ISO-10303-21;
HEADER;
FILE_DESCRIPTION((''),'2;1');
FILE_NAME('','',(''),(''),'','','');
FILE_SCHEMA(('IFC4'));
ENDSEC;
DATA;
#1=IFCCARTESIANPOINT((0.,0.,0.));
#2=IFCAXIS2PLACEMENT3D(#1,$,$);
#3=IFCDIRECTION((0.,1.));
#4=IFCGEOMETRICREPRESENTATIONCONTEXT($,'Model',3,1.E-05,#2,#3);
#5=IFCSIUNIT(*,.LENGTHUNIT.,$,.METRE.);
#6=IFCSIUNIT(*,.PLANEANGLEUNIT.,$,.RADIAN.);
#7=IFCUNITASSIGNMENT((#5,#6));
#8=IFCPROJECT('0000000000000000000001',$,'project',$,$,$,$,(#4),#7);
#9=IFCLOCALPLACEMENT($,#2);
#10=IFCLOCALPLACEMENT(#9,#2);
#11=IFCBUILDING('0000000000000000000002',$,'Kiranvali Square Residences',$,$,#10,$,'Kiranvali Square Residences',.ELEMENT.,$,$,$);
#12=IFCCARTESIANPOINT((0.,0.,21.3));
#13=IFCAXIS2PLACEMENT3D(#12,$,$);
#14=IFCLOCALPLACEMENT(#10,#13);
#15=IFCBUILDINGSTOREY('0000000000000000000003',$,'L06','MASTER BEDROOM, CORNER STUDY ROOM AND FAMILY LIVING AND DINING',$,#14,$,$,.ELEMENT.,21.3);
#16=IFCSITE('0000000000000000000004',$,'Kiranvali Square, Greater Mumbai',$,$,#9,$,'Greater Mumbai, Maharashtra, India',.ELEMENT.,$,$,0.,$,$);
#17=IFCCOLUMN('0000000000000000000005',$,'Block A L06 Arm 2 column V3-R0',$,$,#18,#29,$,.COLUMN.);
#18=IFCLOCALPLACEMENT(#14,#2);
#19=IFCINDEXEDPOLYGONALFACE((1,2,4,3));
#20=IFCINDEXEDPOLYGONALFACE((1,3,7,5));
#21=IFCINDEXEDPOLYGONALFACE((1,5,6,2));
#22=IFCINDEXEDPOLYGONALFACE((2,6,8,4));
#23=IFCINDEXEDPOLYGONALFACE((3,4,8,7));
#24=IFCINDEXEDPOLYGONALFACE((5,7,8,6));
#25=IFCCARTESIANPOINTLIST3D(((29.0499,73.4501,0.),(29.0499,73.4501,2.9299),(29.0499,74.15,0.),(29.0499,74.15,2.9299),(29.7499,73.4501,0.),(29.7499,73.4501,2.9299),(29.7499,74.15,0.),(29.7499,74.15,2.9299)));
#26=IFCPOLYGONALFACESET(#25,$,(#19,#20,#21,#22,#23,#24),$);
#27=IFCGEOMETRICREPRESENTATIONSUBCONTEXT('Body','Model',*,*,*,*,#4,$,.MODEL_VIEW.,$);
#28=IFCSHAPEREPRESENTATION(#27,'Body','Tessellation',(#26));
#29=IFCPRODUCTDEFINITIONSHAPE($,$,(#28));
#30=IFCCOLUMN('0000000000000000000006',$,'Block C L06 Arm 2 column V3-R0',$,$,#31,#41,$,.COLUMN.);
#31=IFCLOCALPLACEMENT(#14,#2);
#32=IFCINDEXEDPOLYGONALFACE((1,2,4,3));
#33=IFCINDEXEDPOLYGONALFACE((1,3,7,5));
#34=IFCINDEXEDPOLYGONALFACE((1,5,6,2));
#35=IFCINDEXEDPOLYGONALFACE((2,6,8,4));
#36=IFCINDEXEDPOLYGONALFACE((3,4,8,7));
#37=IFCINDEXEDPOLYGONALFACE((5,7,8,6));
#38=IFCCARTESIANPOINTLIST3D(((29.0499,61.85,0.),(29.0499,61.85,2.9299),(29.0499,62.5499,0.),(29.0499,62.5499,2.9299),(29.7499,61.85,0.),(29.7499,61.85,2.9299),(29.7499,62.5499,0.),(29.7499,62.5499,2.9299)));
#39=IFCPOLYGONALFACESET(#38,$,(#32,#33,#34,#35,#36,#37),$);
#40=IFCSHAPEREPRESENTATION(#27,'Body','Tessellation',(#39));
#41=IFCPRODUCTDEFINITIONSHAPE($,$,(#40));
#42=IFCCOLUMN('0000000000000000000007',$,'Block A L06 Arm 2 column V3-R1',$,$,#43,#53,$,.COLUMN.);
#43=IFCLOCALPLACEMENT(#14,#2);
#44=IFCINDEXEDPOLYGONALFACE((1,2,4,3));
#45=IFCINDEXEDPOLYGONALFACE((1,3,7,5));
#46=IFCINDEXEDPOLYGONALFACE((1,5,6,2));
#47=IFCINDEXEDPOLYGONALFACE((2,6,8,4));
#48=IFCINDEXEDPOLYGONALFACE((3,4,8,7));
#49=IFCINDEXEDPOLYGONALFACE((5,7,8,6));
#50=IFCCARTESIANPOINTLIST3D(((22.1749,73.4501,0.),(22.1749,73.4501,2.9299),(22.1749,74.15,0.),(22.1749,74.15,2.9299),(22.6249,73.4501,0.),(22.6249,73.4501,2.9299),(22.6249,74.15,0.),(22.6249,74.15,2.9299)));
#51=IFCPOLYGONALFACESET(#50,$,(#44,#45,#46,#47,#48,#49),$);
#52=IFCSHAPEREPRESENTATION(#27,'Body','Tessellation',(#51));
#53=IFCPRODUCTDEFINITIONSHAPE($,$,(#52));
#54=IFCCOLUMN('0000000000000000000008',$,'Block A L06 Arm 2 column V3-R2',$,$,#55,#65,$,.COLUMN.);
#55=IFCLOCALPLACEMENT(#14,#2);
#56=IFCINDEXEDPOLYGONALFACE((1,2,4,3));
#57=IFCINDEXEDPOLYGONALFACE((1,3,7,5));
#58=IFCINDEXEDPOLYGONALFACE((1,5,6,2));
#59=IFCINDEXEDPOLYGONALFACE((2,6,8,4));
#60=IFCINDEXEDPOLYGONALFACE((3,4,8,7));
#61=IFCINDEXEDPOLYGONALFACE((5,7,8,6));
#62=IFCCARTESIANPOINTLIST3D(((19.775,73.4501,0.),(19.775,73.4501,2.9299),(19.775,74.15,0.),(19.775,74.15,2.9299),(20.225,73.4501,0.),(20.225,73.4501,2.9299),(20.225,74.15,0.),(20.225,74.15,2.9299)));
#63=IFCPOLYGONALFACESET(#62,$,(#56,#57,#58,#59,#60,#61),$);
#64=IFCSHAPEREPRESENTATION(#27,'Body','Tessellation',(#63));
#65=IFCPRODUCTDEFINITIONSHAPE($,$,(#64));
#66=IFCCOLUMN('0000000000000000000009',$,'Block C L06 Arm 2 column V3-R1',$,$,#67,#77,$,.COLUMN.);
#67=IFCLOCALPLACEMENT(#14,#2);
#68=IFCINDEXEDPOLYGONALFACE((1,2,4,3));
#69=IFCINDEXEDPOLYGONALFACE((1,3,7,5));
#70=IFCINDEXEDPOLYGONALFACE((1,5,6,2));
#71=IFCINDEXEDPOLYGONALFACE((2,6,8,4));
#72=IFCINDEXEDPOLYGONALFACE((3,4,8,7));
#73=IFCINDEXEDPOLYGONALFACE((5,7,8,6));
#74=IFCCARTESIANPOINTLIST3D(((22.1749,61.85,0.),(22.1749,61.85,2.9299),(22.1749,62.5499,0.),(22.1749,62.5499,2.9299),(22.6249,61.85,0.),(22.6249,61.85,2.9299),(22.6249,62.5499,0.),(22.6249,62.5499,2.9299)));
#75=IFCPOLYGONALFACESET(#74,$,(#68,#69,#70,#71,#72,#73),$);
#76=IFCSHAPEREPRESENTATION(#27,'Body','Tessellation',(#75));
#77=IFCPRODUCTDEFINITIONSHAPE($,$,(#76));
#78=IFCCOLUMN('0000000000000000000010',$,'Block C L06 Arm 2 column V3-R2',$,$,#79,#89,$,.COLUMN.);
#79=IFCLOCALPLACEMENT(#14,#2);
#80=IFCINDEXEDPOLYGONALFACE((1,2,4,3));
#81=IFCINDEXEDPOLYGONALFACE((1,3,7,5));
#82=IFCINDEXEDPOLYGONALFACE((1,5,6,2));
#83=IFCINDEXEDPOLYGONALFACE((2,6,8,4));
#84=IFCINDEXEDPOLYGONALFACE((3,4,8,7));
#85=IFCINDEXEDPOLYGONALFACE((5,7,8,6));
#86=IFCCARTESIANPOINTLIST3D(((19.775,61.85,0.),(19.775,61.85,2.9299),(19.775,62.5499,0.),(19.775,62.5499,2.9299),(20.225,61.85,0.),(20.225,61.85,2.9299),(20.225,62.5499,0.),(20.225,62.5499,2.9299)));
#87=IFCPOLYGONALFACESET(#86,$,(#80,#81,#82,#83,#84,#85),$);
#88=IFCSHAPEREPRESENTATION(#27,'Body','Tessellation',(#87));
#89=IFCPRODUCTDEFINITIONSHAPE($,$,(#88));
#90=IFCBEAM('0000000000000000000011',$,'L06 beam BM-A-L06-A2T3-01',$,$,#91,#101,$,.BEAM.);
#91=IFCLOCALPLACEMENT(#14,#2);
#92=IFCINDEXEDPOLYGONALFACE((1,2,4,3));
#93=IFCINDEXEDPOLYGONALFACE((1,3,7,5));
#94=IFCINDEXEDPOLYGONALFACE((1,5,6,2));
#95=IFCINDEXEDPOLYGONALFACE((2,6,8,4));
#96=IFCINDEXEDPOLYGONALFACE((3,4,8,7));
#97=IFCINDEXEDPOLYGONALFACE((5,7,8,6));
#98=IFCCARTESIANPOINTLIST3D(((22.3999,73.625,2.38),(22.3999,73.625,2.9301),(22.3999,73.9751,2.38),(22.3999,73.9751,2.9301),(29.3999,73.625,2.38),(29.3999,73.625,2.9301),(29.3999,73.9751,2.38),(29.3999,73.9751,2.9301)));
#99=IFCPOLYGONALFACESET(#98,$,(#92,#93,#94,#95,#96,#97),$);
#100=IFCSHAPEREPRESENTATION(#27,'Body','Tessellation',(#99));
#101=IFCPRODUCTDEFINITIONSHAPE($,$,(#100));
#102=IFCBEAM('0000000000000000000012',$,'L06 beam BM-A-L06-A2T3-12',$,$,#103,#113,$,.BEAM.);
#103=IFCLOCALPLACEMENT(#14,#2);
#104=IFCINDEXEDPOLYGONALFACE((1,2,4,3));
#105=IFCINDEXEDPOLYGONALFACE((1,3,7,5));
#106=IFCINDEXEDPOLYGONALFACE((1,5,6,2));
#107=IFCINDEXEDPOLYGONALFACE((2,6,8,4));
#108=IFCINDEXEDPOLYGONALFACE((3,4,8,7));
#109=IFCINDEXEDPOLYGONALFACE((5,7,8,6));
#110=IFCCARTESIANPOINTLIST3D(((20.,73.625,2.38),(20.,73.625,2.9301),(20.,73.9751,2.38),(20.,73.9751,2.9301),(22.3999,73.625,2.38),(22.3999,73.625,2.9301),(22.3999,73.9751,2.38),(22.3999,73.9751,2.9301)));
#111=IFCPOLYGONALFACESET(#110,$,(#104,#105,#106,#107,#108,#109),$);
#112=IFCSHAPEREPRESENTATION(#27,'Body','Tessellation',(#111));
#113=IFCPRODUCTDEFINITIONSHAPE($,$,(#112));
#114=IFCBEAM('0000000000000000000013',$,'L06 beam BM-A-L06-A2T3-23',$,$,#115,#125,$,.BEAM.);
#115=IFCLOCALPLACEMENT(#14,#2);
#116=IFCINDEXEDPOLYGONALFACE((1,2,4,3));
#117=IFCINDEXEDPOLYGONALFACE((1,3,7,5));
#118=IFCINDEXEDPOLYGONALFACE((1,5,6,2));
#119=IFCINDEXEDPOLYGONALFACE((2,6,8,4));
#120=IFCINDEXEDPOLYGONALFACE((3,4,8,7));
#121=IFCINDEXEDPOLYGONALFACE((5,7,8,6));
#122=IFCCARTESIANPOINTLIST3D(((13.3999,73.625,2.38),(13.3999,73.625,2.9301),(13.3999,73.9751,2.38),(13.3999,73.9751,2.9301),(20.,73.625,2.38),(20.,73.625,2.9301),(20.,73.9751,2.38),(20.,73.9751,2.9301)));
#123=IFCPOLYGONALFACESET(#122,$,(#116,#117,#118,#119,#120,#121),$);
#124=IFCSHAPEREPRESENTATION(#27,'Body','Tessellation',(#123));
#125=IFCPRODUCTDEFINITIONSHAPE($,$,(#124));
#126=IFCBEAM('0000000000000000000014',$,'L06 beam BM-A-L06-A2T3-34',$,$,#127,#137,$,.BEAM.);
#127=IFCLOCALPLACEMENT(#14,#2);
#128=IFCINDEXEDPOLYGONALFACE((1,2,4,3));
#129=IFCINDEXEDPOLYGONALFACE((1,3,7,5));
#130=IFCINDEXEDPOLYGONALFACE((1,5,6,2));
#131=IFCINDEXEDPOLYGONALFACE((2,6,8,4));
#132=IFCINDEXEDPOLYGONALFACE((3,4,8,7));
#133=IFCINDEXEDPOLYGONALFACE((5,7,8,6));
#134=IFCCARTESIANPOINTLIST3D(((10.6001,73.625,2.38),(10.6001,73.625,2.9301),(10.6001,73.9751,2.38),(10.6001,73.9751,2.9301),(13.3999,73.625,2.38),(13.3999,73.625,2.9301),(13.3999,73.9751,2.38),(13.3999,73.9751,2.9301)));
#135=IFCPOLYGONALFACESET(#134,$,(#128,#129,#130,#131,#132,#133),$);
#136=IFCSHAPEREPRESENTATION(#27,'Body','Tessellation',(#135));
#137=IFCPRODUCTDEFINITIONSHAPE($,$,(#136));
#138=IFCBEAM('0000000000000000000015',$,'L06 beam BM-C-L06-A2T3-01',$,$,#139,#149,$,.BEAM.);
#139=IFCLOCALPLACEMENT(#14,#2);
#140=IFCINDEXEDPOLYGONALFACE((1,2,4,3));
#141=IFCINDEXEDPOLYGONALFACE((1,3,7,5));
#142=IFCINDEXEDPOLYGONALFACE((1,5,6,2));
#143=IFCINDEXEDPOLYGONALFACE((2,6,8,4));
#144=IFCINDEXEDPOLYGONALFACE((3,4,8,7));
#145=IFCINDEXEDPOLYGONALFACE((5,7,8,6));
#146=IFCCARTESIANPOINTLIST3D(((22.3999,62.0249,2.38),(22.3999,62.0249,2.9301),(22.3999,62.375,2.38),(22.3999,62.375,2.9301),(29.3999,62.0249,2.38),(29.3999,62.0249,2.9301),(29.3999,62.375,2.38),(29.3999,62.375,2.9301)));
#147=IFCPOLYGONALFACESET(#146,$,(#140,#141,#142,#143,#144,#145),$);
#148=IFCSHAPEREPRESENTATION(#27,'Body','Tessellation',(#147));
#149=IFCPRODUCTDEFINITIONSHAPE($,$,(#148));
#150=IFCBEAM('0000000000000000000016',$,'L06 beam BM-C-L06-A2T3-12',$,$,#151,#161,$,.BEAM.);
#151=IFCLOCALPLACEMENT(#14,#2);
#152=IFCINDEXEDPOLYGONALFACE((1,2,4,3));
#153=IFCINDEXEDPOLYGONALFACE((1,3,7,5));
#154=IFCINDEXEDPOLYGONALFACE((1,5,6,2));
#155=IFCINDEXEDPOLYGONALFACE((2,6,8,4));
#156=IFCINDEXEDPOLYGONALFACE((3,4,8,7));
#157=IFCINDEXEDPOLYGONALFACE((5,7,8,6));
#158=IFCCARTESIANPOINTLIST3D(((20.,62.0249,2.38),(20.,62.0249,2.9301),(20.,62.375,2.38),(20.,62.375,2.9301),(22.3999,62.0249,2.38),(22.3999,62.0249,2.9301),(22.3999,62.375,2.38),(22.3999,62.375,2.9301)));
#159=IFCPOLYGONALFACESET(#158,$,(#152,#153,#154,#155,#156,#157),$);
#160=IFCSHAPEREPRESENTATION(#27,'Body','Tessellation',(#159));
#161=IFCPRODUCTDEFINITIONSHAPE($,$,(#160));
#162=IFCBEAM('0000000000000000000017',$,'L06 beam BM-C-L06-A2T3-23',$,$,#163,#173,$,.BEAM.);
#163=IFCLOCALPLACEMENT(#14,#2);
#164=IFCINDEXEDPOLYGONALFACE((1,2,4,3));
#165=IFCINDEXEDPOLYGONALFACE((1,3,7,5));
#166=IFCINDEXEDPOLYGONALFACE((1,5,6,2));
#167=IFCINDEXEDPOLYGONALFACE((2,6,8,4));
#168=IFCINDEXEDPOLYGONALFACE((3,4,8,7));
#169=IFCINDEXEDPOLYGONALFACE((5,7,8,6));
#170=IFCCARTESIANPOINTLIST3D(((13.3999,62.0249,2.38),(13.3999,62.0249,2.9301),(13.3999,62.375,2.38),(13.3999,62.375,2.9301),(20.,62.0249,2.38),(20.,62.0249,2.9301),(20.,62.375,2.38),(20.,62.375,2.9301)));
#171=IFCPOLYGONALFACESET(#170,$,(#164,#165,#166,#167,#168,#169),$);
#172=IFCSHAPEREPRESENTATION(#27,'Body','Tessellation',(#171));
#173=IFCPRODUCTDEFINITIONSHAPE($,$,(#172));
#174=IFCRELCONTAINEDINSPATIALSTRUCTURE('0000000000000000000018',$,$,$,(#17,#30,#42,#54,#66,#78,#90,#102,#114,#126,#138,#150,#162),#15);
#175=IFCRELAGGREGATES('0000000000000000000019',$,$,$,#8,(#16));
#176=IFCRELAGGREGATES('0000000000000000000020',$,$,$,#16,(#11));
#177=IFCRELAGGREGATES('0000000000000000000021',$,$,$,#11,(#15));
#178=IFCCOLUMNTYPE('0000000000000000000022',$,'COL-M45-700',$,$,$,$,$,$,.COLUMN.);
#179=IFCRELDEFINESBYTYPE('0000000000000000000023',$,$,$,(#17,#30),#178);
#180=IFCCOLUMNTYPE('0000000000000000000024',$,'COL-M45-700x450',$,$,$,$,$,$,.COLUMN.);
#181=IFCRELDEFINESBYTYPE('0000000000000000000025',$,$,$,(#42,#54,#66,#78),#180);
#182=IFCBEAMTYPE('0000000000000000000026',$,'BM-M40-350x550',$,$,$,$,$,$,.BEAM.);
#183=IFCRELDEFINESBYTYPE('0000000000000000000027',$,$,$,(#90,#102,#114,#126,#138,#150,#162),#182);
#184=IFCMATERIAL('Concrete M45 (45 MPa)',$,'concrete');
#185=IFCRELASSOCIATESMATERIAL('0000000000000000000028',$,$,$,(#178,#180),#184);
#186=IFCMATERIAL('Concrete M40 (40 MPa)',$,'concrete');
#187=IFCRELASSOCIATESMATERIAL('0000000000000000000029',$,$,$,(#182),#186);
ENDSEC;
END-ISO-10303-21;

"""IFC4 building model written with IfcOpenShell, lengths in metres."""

from ifc_helpers import new_model, si_unit, direction, frame, origin, origin_2d, place, context, subcontext, project, spatial, rectangle, extrude, material, material_profile, profile_set, type_object, element, save


model = new_model("IFC4")

# Units and contexts
model_context = context("Model", 3, precision=1e-05, world=origin(), true_north=direction((0.0, 1.0)))
body_context = subcontext(model_context, "Body", "Model", "MODEL_VIEW")
ifc_project = project(units=[si_unit("LENGTHUNIT", "METRE"), si_unit("PLANEANGLEUNIT", "RADIAN")], contexts=[model_context])

# Site, building, storey
site_placement = place(None, origin())
site = spatial("IfcSite", under=ifc_project, at=site_placement, Name="Kiranvali Square, Greater Mumbai", LongName="Greater Mumbai, Maharashtra, India", CompositionType="ELEMENT", RefElevation=0.0)
building_placement = place(site_placement, origin())
building = spatial("IfcBuilding", under=site, at=building_placement, Name="Kiranvali Square Residences", LongName="Kiranvali Square Residences", CompositionType="ELEMENT")
storey_placement = place(building_placement, frame((0.0, 0.0, 21.3)))
storey = spatial("IfcBuildingStorey", under=building, at=storey_placement, Name="L06", Description="MASTER BEDROOM, CORNER STUDY ROOM AND FAMILY LIVING AND DINING", CompositionType="ELEMENT", Elevation=21.3)

# Columns
ifc_material_1 = material(Name="Concrete M45 (45 MPa)", Category="concrete")
ifc_material_profile_1 = material_profile(ifc_material_1, rectangle(XDim=0.7, YDim=0.7, at=origin_2d()), Name="RC 700x700")
ifc_profile_set_1 = profile_set([ifc_material_profile_1], Name="Concrete M45 (45 MPa)")
column_type_1 = type_object("IfcColumnType", Name="COL-M45-700", PredefinedType="COLUMN", material=ifc_profile_set_1)
for number, where, z_axis, x_axis, name in (
    (1, (29.3999, 73.8, 0.0), (0.0, 0.0, 1.0), (1.0, 0.0, 0.0), "Block A L06 Arm 2 column V3-R0"),
    (2, (29.3999, 62.2, 0.0), (0.0, 0.0, 1.0), (1.0, 0.0, 0.0), "Block C L06 Arm 2 column V3-R0"),
):
    element("IfcColumn", number, at=place(storey_placement, frame(where, z_axis=z_axis, x_axis=x_axis)), inside=storey, type_object=column_type_1, Name=name, PredefinedType="COLUMN", context=body_context, shape_type="SweptSolid", body=[
        extrude(rectangle(XDim=0.7, YDim=0.7, at=origin_2d()), origin(), (0.0, 0.0, 1.0), 2.9299),
    ])
ifc_material_profile_2 = material_profile(ifc_material_1, rectangle(XDim=0.45, YDim=0.7, at=origin_2d()), Name="RC 700x450")
ifc_profile_set_2 = profile_set([ifc_material_profile_2], Name="Concrete M45 (45 MPa)")
column_type_2 = type_object("IfcColumnType", Name="COL-M45-700x450", PredefinedType="COLUMN", material=ifc_profile_set_2)
for number, where, z_axis, x_axis, name in (
    (3, (22.3999, 73.8, 0.0), (0.0, 0.0, 1.0), (1.0, 0.0, 0.0), "Block A L06 Arm 2 column V3-R1"),
    (4, (20.0, 73.8, 0.0), (0.0, 0.0, 1.0), (1.0, 0.0, 0.0), "Block A L06 Arm 2 column V3-R2"),
    (5, (22.3999, 62.2, 0.0), (0.0, 0.0, 1.0), (1.0, 0.0, 0.0), "Block C L06 Arm 2 column V3-R1"),
    (6, (20.0, 62.2, 0.0), (0.0, 0.0, 1.0), (1.0, 0.0, 0.0), "Block C L06 Arm 2 column V3-R2"),
):
    element("IfcColumn", number, at=place(storey_placement, frame(where, z_axis=z_axis, x_axis=x_axis)), inside=storey, type_object=column_type_2, Name=name, PredefinedType="COLUMN", context=body_context, shape_type="SweptSolid", body=[
        extrude(rectangle(XDim=0.45, YDim=0.7, at=origin_2d()), origin(), (0.0, 0.0, 1.0), 2.9299),
    ])

# Beams
ifc_material_2 = material(Name="Concrete M40 (40 MPa)", Category="concrete")
ifc_material_profile_3 = material_profile(ifc_material_2, rectangle(XDim=0.3501, YDim=0.55, at=origin_2d()), Name="RC 350x550")
ifc_profile_set_3 = profile_set([ifc_material_profile_3], Name="Concrete M40 (40 MPa)")
beam_type = type_object("IfcBeamType", Name="BM-M40-350x550", PredefinedType="BEAM", material=ifc_profile_set_3)
beam_1_placement = place(storey_placement, frame((29.3999, 73.8, 2.655), z_axis=(-1.0, 0.0, 0.0), x_axis=(0.0, -1.0, 0.0)))
element("IfcBeam", 7, at=beam_1_placement, inside=storey, type_object=beam_type, Name="L06 beam BM-A-L06-A2T3-01", PredefinedType="BEAM", context=body_context, shape_type="SweptSolid", body=[
    extrude(rectangle(XDim=0.3501, YDim=0.55, at=origin_2d()), origin(), (0.0, 0.0, 1.0), 7.0),
])
beam_2_placement = place(storey_placement, frame((22.3999, 73.8, 2.655), z_axis=(-1.0, 0.0, 0.0), x_axis=(0.0, -1.0, 0.0)))
element("IfcBeam", 8, at=beam_2_placement, inside=storey, type_object=beam_type, Name="L06 beam BM-A-L06-A2T3-12", PredefinedType="BEAM", context=body_context, shape_type="SweptSolid", body=[
    extrude(rectangle(XDim=0.3501, YDim=0.55, at=origin_2d()), origin(), (0.0, 0.0, 1.0), 2.3999),
])
beam_3_placement = place(storey_placement, frame((20.0, 73.8, 2.655), z_axis=(-1.0, 0.0, 0.0), x_axis=(0.0, -1.0, 0.0)))
element("IfcBeam", 9, at=beam_3_placement, inside=storey, type_object=beam_type, Name="L06 beam BM-A-L06-A2T3-23", PredefinedType="BEAM", context=body_context, shape_type="SweptSolid", body=[
    extrude(rectangle(XDim=0.3501, YDim=0.55, at=origin_2d()), origin(), (0.0, 0.0, 1.0), 6.6001),
])
beam_4_placement = place(storey_placement, frame((13.3999, 73.8, 2.655), z_axis=(-1.0, 0.0, 0.0), x_axis=(0.0, -1.0, 0.0)))
element("IfcBeam", 10, at=beam_4_placement, inside=storey, type_object=beam_type, Name="L06 beam BM-A-L06-A2T3-34", PredefinedType="BEAM", context=body_context, shape_type="SweptSolid", body=[
    extrude(rectangle(XDim=0.3501, YDim=0.55, at=origin_2d()), origin(), (0.0, 0.0, 1.0), 2.7998),
])
beam_5_placement = place(storey_placement, frame((29.3999, 62.2, 2.655), z_axis=(-1.0, 0.0, 0.0), x_axis=(0.0, -1.0, 0.0)))
element("IfcBeam", 11, at=beam_5_placement, inside=storey, type_object=beam_type, Name="L06 beam BM-C-L06-A2T3-01", PredefinedType="BEAM", context=body_context, shape_type="SweptSolid", body=[
    extrude(rectangle(XDim=0.3501, YDim=0.55, at=origin_2d()), origin(), (0.0, 0.0, 1.0), 7.0),
])
beam_6_placement = place(storey_placement, frame((22.3999, 62.2, 2.655), z_axis=(-1.0, 0.0, 0.0), x_axis=(0.0, -1.0, 0.0)))
element("IfcBeam", 12, at=beam_6_placement, inside=storey, type_object=beam_type, Name="L06 beam BM-C-L06-A2T3-12", PredefinedType="BEAM", context=body_context, shape_type="SweptSolid", body=[
    extrude(rectangle(XDim=0.3501, YDim=0.55, at=origin_2d()), origin(), (0.0, 0.0, 1.0), 2.3999),
])
beam_7_placement = place(storey_placement, frame((20.0, 62.2, 2.655), z_axis=(-1.0, 0.0, 0.0), x_axis=(0.0, -1.0, 0.0)))
element("IfcBeam", 13, at=beam_7_placement, inside=storey, type_object=beam_type, Name="L06 beam BM-C-L06-A2T3-23", PredefinedType="BEAM", context=body_context, shape_type="SweptSolid", body=[
    extrude(rectangle(XDim=0.3501, YDim=0.55, at=origin_2d()), origin(), (0.0, 0.0, 1.0), 6.6001),
])

save(model, "model.ifc")
